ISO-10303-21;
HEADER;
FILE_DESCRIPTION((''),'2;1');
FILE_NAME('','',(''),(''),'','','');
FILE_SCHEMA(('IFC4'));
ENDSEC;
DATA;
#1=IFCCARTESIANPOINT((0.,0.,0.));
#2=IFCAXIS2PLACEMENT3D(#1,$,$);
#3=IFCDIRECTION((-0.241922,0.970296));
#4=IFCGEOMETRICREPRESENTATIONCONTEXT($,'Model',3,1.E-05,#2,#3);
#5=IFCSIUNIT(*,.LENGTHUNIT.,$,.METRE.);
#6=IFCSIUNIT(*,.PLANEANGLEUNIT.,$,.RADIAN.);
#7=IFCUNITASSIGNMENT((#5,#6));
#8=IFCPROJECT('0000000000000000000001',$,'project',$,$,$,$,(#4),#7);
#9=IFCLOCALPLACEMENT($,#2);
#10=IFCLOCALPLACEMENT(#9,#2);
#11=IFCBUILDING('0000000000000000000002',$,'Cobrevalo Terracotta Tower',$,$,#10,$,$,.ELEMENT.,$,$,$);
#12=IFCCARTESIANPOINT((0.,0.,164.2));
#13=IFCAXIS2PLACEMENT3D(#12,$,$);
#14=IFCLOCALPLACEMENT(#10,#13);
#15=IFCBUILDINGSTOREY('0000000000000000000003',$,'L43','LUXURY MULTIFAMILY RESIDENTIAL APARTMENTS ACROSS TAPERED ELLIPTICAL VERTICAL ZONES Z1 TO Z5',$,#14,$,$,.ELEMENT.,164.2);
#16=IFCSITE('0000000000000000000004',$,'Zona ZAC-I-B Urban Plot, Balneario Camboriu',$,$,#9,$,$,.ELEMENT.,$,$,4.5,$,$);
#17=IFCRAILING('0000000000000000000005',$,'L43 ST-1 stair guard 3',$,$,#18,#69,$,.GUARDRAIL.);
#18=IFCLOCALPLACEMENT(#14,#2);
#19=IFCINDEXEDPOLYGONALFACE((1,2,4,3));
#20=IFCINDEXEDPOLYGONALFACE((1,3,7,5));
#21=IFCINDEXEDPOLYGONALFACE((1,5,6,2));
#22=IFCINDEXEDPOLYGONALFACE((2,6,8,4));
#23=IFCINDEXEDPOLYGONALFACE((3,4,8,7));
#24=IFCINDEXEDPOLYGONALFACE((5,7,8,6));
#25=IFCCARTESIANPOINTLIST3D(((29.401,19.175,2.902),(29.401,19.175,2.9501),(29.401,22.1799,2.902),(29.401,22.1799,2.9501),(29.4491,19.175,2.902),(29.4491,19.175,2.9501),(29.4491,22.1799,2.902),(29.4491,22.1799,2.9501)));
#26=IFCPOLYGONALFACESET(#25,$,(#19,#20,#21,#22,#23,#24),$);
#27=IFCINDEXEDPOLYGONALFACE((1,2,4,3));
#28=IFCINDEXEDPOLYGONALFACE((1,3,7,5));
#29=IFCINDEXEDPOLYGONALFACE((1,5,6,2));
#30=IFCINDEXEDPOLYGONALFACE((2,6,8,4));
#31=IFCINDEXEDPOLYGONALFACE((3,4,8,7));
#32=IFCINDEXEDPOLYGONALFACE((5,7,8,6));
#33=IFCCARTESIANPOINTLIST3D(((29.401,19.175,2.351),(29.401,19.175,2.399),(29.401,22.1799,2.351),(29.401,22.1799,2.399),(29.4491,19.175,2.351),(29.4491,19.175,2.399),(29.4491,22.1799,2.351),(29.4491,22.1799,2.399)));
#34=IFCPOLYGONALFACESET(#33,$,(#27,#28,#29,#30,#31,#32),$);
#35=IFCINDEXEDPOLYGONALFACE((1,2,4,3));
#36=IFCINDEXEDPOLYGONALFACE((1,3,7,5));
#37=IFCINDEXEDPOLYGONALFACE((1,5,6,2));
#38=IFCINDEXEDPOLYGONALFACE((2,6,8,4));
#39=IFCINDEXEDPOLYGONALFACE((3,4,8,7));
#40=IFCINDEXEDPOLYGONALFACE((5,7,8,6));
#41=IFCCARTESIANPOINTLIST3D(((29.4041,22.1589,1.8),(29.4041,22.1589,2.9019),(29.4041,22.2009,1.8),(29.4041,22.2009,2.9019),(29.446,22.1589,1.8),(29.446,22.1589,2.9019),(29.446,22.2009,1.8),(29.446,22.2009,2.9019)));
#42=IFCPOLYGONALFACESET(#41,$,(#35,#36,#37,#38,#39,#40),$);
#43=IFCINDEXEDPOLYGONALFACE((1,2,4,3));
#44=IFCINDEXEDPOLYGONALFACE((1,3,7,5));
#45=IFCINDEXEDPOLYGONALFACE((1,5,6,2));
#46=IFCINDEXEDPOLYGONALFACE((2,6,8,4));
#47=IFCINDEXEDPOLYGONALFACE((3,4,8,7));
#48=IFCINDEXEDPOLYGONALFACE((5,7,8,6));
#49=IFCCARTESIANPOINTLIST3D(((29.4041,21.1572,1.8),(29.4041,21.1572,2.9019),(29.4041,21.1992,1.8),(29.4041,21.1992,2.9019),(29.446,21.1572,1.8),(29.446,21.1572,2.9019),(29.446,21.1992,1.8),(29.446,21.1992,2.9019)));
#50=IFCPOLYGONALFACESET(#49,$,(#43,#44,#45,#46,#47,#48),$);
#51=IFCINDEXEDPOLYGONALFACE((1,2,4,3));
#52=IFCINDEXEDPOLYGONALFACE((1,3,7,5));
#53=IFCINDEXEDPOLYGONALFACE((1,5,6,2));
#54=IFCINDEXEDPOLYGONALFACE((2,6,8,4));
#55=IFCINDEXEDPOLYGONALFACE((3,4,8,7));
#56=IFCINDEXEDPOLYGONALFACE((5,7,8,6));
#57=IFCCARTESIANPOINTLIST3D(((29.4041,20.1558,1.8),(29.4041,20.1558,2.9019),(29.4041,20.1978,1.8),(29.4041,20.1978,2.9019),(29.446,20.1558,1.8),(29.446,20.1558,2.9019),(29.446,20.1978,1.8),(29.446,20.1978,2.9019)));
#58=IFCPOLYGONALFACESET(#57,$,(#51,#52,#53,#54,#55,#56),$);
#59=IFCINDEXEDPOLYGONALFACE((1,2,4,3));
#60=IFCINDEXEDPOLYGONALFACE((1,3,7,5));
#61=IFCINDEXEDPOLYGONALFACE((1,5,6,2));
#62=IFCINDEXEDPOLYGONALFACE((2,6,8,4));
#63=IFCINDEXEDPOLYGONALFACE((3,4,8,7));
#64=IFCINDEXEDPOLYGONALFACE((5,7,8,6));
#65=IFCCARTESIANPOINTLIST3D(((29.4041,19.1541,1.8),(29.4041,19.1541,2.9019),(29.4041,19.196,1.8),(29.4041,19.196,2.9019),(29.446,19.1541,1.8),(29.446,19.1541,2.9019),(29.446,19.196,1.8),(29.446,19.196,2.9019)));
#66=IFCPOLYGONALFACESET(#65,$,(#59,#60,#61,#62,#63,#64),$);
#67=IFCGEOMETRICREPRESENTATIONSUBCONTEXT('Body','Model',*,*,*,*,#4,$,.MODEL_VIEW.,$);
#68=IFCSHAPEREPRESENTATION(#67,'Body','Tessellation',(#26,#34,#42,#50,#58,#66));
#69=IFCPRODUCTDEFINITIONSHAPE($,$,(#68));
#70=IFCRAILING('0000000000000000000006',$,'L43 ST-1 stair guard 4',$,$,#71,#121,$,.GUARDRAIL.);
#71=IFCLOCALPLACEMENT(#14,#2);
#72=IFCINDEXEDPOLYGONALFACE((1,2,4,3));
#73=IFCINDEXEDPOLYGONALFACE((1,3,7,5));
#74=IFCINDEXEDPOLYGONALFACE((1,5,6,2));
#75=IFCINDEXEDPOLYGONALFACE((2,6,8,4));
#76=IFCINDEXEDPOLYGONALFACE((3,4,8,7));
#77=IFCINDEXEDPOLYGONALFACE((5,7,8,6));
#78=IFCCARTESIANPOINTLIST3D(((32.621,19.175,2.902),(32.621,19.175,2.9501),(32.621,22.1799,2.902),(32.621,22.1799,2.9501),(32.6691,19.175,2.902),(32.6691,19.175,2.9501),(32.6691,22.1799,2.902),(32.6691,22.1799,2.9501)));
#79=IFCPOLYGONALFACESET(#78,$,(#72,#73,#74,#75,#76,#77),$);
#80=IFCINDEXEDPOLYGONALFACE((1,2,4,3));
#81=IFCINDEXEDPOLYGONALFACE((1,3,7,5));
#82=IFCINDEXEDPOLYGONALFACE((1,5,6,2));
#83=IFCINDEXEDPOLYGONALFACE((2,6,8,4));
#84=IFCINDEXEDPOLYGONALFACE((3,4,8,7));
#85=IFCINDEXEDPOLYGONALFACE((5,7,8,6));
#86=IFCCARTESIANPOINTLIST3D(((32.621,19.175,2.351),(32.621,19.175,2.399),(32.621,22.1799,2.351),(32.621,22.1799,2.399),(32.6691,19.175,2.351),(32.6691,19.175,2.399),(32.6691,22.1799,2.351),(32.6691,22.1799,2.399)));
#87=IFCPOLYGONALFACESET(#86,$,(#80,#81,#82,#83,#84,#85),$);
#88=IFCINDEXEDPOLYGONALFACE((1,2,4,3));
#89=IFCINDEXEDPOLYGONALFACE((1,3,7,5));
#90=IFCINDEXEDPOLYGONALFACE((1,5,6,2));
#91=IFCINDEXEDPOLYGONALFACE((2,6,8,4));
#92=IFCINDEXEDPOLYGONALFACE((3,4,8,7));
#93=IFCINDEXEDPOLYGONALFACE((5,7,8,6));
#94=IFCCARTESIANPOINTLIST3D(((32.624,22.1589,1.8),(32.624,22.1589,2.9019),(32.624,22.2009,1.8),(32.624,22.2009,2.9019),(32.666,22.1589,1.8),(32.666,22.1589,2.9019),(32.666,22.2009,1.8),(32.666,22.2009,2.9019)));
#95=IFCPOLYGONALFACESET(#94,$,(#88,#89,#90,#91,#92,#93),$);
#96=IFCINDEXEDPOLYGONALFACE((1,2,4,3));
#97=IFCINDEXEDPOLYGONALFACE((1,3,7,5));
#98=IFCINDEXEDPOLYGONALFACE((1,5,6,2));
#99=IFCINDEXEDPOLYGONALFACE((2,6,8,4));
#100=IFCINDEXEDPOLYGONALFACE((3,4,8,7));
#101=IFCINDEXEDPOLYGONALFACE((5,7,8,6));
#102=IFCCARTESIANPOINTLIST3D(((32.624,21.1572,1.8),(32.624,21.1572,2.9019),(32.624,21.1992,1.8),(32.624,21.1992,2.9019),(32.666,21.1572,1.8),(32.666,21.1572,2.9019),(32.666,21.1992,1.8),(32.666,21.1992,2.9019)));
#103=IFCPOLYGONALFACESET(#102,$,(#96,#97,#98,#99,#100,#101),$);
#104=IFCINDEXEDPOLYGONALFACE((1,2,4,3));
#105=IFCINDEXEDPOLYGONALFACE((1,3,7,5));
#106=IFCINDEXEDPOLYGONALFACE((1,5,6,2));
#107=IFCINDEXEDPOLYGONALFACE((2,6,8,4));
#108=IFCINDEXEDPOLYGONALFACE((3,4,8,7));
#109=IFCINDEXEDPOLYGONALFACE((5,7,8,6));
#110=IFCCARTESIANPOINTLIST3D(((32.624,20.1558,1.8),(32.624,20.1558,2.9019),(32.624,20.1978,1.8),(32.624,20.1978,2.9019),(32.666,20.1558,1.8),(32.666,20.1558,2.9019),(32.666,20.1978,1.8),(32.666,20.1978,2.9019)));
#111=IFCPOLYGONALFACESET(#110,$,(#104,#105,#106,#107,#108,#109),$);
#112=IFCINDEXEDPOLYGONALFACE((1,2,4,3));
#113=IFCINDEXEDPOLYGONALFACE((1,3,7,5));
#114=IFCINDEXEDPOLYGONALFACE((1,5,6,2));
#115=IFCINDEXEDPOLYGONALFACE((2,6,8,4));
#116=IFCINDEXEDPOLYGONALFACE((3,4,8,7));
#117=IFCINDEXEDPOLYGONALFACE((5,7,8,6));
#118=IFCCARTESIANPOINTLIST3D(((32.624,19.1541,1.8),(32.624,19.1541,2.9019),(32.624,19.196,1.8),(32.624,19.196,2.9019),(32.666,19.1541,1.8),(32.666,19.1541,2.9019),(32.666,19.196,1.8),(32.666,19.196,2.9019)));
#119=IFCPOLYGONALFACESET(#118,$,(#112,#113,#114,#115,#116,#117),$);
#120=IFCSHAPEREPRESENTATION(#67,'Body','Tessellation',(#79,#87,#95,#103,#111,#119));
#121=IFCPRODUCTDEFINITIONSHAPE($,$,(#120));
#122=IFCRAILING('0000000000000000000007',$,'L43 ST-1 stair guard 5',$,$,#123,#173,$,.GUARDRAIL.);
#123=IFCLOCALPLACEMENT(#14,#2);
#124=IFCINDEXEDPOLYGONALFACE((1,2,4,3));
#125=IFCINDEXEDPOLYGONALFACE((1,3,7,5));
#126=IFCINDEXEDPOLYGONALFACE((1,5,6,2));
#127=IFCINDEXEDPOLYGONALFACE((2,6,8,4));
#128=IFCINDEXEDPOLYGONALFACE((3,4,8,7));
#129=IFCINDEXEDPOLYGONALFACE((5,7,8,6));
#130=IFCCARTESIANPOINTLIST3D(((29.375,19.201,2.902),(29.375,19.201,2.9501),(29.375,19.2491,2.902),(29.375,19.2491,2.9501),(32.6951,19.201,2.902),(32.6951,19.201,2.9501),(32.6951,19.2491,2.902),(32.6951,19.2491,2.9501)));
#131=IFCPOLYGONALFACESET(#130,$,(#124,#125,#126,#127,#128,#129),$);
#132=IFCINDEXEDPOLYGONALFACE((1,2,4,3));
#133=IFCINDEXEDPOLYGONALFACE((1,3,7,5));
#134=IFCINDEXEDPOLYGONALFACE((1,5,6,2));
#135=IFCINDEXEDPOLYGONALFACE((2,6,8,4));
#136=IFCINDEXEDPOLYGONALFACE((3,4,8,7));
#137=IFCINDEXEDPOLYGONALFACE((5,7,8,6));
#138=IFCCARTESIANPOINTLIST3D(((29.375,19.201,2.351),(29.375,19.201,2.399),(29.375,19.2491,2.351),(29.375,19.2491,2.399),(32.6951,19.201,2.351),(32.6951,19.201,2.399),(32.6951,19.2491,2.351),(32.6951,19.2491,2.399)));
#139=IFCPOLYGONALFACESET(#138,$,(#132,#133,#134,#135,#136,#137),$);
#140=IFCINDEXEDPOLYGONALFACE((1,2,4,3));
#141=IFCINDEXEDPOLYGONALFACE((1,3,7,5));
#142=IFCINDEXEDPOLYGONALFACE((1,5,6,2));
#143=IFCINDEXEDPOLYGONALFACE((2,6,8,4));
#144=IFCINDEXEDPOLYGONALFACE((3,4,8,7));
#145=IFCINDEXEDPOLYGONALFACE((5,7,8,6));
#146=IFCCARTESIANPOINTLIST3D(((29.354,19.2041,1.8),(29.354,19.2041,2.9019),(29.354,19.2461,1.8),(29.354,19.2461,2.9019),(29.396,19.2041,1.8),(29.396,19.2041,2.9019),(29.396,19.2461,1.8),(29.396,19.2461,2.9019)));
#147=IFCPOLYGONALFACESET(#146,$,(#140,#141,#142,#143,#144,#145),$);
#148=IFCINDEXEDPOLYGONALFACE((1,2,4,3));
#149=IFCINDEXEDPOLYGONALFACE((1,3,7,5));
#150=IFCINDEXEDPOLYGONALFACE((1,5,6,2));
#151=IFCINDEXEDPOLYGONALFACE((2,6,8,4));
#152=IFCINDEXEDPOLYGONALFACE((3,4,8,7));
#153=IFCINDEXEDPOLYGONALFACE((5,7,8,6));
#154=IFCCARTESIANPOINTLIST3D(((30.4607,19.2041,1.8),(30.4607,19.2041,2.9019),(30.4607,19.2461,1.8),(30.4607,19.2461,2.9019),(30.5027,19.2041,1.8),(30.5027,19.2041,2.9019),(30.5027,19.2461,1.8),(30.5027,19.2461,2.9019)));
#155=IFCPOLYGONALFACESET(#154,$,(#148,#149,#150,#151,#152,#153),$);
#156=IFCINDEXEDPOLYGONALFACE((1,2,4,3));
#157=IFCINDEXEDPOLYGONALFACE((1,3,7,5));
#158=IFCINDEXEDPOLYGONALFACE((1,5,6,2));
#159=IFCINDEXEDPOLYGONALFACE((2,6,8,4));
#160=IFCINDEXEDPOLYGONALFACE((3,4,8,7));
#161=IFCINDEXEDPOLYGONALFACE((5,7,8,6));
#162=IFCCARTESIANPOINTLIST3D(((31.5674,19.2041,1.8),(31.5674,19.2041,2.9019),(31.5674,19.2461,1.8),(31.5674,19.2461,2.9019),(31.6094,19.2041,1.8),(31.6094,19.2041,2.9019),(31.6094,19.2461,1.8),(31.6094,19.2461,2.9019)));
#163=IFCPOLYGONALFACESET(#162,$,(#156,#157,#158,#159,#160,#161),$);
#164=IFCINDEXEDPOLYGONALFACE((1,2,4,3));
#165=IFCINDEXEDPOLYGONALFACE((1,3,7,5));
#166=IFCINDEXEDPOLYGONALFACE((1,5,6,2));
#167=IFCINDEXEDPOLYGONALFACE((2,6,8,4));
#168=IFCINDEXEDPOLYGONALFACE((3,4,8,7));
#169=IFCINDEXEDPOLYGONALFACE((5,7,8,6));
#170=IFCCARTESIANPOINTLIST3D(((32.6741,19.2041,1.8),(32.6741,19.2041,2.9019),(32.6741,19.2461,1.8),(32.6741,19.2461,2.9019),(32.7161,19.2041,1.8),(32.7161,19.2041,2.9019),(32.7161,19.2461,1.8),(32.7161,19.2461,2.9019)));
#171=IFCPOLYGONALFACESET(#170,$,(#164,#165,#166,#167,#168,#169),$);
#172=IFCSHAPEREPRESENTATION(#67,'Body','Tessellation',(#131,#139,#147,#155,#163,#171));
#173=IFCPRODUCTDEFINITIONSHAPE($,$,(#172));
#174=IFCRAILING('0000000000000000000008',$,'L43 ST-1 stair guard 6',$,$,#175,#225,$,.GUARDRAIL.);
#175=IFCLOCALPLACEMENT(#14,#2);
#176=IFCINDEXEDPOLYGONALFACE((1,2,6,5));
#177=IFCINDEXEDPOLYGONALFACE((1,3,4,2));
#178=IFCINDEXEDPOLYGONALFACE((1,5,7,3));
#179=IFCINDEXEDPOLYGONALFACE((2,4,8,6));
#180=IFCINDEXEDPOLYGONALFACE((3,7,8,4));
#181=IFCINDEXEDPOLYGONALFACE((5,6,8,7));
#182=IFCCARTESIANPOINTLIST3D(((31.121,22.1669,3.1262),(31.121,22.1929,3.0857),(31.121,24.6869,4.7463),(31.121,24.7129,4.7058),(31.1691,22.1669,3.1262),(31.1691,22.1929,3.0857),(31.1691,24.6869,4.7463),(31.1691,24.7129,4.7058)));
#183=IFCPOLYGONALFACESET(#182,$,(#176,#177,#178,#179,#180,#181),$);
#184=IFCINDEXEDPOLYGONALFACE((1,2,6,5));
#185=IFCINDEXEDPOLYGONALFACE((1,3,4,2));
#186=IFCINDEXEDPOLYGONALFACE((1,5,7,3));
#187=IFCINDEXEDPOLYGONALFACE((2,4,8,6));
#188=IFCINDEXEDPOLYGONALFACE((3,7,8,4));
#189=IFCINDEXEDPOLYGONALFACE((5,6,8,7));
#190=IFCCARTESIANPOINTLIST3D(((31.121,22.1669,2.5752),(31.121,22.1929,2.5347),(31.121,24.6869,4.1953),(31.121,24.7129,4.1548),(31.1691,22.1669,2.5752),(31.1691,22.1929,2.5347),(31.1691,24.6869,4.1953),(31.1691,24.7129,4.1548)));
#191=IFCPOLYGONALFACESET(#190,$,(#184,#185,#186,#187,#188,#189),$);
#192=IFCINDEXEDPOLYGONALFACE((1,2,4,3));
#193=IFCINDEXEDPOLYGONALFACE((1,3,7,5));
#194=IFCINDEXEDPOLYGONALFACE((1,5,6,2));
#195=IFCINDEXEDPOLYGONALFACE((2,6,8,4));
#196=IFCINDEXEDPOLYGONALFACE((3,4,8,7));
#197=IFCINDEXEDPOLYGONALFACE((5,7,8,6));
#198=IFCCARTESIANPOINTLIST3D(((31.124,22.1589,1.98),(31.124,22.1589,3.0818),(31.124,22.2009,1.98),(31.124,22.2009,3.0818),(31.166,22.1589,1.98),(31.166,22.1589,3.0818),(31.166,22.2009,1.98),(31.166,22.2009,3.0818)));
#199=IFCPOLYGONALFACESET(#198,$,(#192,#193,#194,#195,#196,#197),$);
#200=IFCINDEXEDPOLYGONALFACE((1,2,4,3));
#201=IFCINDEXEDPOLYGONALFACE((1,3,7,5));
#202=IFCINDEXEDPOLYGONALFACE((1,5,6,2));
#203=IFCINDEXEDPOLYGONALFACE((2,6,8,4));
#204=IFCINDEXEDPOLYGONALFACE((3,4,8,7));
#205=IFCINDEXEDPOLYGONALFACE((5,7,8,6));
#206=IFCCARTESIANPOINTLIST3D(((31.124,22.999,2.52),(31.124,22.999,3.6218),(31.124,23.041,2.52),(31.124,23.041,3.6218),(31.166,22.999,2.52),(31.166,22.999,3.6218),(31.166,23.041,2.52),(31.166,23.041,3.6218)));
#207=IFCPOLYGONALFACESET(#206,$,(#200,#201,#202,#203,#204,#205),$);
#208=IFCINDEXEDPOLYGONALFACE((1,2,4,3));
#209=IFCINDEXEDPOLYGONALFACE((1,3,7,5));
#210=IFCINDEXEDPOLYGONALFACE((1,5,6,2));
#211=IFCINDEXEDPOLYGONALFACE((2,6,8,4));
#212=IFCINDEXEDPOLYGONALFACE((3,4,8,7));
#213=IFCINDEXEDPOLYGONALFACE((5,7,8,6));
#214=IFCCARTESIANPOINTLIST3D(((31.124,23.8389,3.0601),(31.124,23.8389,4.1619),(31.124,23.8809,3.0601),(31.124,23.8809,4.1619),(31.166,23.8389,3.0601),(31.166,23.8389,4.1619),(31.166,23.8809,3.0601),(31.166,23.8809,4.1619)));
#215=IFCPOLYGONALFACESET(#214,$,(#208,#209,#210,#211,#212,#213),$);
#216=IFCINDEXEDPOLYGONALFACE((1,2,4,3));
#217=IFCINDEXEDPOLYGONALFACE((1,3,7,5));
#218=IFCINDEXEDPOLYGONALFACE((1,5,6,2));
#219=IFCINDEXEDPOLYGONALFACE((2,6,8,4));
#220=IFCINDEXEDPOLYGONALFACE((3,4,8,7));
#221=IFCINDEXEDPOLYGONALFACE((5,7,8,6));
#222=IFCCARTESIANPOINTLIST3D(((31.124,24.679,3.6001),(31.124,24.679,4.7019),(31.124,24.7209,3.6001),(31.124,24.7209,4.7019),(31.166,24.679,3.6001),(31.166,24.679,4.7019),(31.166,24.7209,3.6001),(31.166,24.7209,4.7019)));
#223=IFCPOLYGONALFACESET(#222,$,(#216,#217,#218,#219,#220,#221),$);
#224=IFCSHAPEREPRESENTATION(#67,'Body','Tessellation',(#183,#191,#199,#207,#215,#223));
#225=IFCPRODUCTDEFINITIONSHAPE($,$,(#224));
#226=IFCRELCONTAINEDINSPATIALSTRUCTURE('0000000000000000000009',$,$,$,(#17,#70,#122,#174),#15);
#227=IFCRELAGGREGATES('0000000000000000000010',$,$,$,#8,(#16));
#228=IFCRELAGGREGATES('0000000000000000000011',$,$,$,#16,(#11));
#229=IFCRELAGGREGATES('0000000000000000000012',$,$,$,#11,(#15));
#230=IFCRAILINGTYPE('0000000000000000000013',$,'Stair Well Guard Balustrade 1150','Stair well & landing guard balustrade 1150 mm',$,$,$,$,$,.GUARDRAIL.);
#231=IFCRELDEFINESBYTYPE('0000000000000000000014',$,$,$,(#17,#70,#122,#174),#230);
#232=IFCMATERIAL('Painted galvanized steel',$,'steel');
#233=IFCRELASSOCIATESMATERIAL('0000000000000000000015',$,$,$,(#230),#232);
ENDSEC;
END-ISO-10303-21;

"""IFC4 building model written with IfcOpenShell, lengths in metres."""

from ifc_helpers import new_model, si_unit, direction, frame, origin, origin_2d, place, context, subcontext, project, spatial, rectangle, extrude, material, type_object, element, save


model = new_model("IFC4")

# Units and contexts
model_context = context("Model", 3, precision=1e-05, world=origin(), true_north=direction((-0.241922, 0.970296)))
body_context = subcontext(model_context, "Body", "Model", "MODEL_VIEW")
ifc_project = project(units=[si_unit("LENGTHUNIT", "METRE"), si_unit("PLANEANGLEUNIT", "RADIAN")], contexts=[model_context])

# Site, building, storey
site_placement = place(None, origin())
site = spatial("IfcSite", under=ifc_project, at=site_placement, Name="Zona ZAC-I-B Urban Plot, Balneario Camboriu", CompositionType="ELEMENT", RefElevation=4.5)
building_placement = place(site_placement, origin())
building = spatial("IfcBuilding", under=site, at=building_placement, Name="Cobrevalo Terracotta Tower", CompositionType="ELEMENT")
storey_placement = place(building_placement, frame((0.0, 0.0, 164.2)))
storey = spatial("IfcBuildingStorey", under=building, at=storey_placement, Name="L43", Description="LUXURY MULTIFAMILY RESIDENTIAL APARTMENTS ACROSS TAPERED ELLIPTICAL VERTICAL ZONES Z1 TO Z5", CompositionType="ELEMENT", Elevation=164.2)

# Railings
ifc_material_1 = material(Name="Painted galvanized steel", Category="steel")
railing_type_1 = type_object("IfcRailingType", Name="Stair Well Guard Balustrade 1150", Description="Stair well & landing guard balustrade 1150 mm", PredefinedType="GUARDRAIL", material=ifc_material_1)
for number, where, name in (
    (1, (29.425, 22.1799, 1.8), "L43 ST-1 stair guard 3"),
    (2, (32.645, 22.1799, 1.8), "L43 ST-1 stair guard 4"),
):
    element("IfcRailing", number, at=place(storey_placement, frame(where)), inside=storey, type_object=railing_type_1, Name=name, PredefinedType="GUARDRAIL", context=body_context, shape_type="SweptSolid", body=[
        extrude(rectangle(XDim=0.0481, YDim=0.0481, at=origin_2d()), frame((0.0, 0.0, 1.126), z_axis=(0.0, -1.0, 0.0), x_axis=(1.0, 0.0, 0.0)), (0.0, 0.0, 1.0), 3.0049),
        extrude(rectangle(XDim=0.0481, YDim=0.0481, at=origin_2d()), frame((0.0, 0.0, 0.575), z_axis=(0.0, -1.0, 0.0), x_axis=(1.0, 0.0, 0.0)), (0.0, 0.0, 1.0), 3.0049),
        extrude(rectangle(XDim=0.042, YDim=0.042, at=origin_2d()), origin(), (0.0, 0.0, 1.0), 1.1018),
        extrude(rectangle(XDim=0.042, YDim=0.042, at=origin_2d()), frame((0.0, -1.0017, 0.0)), (0.0, 0.0, 1.0), 1.1018),
        extrude(rectangle(XDim=0.042, YDim=0.042, at=origin_2d()), frame((0.0, -2.0032, 0.0)), (0.0, 0.0, 1.0), 1.1018),
        extrude(rectangle(XDim=0.042, YDim=0.042, at=origin_2d()), frame((0.0, -3.0049, 0.0)), (0.0, 0.0, 1.0), 1.1018),
    ])
railing_1_placement = place(storey_placement, frame((29.375, 19.2251, 1.8)))
element("IfcRailing", 3, at=railing_1_placement, inside=storey, type_object=railing_type_1, Name="L43 ST-1 stair guard 5", PredefinedType="GUARDRAIL", context=body_context, shape_type="SweptSolid", body=[
    extrude(rectangle(XDim=0.0481, YDim=0.0481, at=origin_2d()), frame((0.0, 0.0, 1.126), z_axis=(1.0, 0.0, 0.0), x_axis=(0.0, 1.0, 0.0)), (0.0, 0.0, 1.0), 3.3201),
    extrude(rectangle(XDim=0.0481, YDim=0.0481, at=origin_2d()), frame((0.0, 0.0, 0.575), z_axis=(1.0, 0.0, 0.0), x_axis=(0.0, 1.0, 0.0)), (0.0, 0.0, 1.0), 3.3201),
    extrude(rectangle(XDim=0.042, YDim=0.042, at=origin_2d()), origin(), (0.0, 0.0, 1.0), 1.1018),
    extrude(rectangle(XDim=0.042, YDim=0.042, at=origin_2d()), frame((1.1067, 0.0, 0.0)), (0.0, 0.0, 1.0), 1.1018),
    extrude(rectangle(XDim=0.042, YDim=0.042, at=origin_2d()), frame((2.2134, 0.0, 0.0)), (0.0, 0.0, 1.0), 1.1018),
    extrude(rectangle(XDim=0.042, YDim=0.042, at=origin_2d()), frame((3.3201, 0.0, 0.0)), (0.0, 0.0, 1.0), 1.1018),
])
railing_2_placement = place(storey_placement, frame((31.145, 22.1799, 1.98)))
element("IfcRailing", 4, at=railing_2_placement, inside=storey, type_object=railing_type_1, Name="L43 ST-1 stair guard 6", PredefinedType="GUARDRAIL", context=body_context, shape_type="SweptSolid", body=[
    extrude(rectangle(XDim=0.0481, YDim=0.0481, at=origin_2d()), frame((0.0, 0.0, 1.126), z_axis=(0.0, 0.841163, 0.540782), x_axis=(-1.0, 0.0, 0.0)), (0.0, 0.0, 1.0), 2.9958),
    extrude(rectangle(XDim=0.0481, YDim=0.0481, at=origin_2d()), frame((0.0, 0.0, 0.575), z_axis=(0.0, 0.841163, 0.540782), x_axis=(-1.0, 0.0, 0.0)), (0.0, 0.0, 1.0), 2.9958),
    extrude(rectangle(XDim=0.042, YDim=0.042, at=origin_2d()), origin(), (0.0, 0.0, 1.0), 1.1018),
    extrude(rectangle(XDim=0.042, YDim=0.042, at=origin_2d()), frame((0.0, 0.8401, 0.54)), (0.0, 0.0, 1.0), 1.1018),
    extrude(rectangle(XDim=0.042, YDim=0.042, at=origin_2d()), frame((0.0, 1.6799, 1.0801)), (0.0, 0.0, 1.0), 1.1018),
    extrude(rectangle(XDim=0.042, YDim=0.042, at=origin_2d()), frame((0.0, 2.52, 1.6201)), (0.0, 0.0, 1.0), 1.1018),
])

save(model, "model.ifc")
